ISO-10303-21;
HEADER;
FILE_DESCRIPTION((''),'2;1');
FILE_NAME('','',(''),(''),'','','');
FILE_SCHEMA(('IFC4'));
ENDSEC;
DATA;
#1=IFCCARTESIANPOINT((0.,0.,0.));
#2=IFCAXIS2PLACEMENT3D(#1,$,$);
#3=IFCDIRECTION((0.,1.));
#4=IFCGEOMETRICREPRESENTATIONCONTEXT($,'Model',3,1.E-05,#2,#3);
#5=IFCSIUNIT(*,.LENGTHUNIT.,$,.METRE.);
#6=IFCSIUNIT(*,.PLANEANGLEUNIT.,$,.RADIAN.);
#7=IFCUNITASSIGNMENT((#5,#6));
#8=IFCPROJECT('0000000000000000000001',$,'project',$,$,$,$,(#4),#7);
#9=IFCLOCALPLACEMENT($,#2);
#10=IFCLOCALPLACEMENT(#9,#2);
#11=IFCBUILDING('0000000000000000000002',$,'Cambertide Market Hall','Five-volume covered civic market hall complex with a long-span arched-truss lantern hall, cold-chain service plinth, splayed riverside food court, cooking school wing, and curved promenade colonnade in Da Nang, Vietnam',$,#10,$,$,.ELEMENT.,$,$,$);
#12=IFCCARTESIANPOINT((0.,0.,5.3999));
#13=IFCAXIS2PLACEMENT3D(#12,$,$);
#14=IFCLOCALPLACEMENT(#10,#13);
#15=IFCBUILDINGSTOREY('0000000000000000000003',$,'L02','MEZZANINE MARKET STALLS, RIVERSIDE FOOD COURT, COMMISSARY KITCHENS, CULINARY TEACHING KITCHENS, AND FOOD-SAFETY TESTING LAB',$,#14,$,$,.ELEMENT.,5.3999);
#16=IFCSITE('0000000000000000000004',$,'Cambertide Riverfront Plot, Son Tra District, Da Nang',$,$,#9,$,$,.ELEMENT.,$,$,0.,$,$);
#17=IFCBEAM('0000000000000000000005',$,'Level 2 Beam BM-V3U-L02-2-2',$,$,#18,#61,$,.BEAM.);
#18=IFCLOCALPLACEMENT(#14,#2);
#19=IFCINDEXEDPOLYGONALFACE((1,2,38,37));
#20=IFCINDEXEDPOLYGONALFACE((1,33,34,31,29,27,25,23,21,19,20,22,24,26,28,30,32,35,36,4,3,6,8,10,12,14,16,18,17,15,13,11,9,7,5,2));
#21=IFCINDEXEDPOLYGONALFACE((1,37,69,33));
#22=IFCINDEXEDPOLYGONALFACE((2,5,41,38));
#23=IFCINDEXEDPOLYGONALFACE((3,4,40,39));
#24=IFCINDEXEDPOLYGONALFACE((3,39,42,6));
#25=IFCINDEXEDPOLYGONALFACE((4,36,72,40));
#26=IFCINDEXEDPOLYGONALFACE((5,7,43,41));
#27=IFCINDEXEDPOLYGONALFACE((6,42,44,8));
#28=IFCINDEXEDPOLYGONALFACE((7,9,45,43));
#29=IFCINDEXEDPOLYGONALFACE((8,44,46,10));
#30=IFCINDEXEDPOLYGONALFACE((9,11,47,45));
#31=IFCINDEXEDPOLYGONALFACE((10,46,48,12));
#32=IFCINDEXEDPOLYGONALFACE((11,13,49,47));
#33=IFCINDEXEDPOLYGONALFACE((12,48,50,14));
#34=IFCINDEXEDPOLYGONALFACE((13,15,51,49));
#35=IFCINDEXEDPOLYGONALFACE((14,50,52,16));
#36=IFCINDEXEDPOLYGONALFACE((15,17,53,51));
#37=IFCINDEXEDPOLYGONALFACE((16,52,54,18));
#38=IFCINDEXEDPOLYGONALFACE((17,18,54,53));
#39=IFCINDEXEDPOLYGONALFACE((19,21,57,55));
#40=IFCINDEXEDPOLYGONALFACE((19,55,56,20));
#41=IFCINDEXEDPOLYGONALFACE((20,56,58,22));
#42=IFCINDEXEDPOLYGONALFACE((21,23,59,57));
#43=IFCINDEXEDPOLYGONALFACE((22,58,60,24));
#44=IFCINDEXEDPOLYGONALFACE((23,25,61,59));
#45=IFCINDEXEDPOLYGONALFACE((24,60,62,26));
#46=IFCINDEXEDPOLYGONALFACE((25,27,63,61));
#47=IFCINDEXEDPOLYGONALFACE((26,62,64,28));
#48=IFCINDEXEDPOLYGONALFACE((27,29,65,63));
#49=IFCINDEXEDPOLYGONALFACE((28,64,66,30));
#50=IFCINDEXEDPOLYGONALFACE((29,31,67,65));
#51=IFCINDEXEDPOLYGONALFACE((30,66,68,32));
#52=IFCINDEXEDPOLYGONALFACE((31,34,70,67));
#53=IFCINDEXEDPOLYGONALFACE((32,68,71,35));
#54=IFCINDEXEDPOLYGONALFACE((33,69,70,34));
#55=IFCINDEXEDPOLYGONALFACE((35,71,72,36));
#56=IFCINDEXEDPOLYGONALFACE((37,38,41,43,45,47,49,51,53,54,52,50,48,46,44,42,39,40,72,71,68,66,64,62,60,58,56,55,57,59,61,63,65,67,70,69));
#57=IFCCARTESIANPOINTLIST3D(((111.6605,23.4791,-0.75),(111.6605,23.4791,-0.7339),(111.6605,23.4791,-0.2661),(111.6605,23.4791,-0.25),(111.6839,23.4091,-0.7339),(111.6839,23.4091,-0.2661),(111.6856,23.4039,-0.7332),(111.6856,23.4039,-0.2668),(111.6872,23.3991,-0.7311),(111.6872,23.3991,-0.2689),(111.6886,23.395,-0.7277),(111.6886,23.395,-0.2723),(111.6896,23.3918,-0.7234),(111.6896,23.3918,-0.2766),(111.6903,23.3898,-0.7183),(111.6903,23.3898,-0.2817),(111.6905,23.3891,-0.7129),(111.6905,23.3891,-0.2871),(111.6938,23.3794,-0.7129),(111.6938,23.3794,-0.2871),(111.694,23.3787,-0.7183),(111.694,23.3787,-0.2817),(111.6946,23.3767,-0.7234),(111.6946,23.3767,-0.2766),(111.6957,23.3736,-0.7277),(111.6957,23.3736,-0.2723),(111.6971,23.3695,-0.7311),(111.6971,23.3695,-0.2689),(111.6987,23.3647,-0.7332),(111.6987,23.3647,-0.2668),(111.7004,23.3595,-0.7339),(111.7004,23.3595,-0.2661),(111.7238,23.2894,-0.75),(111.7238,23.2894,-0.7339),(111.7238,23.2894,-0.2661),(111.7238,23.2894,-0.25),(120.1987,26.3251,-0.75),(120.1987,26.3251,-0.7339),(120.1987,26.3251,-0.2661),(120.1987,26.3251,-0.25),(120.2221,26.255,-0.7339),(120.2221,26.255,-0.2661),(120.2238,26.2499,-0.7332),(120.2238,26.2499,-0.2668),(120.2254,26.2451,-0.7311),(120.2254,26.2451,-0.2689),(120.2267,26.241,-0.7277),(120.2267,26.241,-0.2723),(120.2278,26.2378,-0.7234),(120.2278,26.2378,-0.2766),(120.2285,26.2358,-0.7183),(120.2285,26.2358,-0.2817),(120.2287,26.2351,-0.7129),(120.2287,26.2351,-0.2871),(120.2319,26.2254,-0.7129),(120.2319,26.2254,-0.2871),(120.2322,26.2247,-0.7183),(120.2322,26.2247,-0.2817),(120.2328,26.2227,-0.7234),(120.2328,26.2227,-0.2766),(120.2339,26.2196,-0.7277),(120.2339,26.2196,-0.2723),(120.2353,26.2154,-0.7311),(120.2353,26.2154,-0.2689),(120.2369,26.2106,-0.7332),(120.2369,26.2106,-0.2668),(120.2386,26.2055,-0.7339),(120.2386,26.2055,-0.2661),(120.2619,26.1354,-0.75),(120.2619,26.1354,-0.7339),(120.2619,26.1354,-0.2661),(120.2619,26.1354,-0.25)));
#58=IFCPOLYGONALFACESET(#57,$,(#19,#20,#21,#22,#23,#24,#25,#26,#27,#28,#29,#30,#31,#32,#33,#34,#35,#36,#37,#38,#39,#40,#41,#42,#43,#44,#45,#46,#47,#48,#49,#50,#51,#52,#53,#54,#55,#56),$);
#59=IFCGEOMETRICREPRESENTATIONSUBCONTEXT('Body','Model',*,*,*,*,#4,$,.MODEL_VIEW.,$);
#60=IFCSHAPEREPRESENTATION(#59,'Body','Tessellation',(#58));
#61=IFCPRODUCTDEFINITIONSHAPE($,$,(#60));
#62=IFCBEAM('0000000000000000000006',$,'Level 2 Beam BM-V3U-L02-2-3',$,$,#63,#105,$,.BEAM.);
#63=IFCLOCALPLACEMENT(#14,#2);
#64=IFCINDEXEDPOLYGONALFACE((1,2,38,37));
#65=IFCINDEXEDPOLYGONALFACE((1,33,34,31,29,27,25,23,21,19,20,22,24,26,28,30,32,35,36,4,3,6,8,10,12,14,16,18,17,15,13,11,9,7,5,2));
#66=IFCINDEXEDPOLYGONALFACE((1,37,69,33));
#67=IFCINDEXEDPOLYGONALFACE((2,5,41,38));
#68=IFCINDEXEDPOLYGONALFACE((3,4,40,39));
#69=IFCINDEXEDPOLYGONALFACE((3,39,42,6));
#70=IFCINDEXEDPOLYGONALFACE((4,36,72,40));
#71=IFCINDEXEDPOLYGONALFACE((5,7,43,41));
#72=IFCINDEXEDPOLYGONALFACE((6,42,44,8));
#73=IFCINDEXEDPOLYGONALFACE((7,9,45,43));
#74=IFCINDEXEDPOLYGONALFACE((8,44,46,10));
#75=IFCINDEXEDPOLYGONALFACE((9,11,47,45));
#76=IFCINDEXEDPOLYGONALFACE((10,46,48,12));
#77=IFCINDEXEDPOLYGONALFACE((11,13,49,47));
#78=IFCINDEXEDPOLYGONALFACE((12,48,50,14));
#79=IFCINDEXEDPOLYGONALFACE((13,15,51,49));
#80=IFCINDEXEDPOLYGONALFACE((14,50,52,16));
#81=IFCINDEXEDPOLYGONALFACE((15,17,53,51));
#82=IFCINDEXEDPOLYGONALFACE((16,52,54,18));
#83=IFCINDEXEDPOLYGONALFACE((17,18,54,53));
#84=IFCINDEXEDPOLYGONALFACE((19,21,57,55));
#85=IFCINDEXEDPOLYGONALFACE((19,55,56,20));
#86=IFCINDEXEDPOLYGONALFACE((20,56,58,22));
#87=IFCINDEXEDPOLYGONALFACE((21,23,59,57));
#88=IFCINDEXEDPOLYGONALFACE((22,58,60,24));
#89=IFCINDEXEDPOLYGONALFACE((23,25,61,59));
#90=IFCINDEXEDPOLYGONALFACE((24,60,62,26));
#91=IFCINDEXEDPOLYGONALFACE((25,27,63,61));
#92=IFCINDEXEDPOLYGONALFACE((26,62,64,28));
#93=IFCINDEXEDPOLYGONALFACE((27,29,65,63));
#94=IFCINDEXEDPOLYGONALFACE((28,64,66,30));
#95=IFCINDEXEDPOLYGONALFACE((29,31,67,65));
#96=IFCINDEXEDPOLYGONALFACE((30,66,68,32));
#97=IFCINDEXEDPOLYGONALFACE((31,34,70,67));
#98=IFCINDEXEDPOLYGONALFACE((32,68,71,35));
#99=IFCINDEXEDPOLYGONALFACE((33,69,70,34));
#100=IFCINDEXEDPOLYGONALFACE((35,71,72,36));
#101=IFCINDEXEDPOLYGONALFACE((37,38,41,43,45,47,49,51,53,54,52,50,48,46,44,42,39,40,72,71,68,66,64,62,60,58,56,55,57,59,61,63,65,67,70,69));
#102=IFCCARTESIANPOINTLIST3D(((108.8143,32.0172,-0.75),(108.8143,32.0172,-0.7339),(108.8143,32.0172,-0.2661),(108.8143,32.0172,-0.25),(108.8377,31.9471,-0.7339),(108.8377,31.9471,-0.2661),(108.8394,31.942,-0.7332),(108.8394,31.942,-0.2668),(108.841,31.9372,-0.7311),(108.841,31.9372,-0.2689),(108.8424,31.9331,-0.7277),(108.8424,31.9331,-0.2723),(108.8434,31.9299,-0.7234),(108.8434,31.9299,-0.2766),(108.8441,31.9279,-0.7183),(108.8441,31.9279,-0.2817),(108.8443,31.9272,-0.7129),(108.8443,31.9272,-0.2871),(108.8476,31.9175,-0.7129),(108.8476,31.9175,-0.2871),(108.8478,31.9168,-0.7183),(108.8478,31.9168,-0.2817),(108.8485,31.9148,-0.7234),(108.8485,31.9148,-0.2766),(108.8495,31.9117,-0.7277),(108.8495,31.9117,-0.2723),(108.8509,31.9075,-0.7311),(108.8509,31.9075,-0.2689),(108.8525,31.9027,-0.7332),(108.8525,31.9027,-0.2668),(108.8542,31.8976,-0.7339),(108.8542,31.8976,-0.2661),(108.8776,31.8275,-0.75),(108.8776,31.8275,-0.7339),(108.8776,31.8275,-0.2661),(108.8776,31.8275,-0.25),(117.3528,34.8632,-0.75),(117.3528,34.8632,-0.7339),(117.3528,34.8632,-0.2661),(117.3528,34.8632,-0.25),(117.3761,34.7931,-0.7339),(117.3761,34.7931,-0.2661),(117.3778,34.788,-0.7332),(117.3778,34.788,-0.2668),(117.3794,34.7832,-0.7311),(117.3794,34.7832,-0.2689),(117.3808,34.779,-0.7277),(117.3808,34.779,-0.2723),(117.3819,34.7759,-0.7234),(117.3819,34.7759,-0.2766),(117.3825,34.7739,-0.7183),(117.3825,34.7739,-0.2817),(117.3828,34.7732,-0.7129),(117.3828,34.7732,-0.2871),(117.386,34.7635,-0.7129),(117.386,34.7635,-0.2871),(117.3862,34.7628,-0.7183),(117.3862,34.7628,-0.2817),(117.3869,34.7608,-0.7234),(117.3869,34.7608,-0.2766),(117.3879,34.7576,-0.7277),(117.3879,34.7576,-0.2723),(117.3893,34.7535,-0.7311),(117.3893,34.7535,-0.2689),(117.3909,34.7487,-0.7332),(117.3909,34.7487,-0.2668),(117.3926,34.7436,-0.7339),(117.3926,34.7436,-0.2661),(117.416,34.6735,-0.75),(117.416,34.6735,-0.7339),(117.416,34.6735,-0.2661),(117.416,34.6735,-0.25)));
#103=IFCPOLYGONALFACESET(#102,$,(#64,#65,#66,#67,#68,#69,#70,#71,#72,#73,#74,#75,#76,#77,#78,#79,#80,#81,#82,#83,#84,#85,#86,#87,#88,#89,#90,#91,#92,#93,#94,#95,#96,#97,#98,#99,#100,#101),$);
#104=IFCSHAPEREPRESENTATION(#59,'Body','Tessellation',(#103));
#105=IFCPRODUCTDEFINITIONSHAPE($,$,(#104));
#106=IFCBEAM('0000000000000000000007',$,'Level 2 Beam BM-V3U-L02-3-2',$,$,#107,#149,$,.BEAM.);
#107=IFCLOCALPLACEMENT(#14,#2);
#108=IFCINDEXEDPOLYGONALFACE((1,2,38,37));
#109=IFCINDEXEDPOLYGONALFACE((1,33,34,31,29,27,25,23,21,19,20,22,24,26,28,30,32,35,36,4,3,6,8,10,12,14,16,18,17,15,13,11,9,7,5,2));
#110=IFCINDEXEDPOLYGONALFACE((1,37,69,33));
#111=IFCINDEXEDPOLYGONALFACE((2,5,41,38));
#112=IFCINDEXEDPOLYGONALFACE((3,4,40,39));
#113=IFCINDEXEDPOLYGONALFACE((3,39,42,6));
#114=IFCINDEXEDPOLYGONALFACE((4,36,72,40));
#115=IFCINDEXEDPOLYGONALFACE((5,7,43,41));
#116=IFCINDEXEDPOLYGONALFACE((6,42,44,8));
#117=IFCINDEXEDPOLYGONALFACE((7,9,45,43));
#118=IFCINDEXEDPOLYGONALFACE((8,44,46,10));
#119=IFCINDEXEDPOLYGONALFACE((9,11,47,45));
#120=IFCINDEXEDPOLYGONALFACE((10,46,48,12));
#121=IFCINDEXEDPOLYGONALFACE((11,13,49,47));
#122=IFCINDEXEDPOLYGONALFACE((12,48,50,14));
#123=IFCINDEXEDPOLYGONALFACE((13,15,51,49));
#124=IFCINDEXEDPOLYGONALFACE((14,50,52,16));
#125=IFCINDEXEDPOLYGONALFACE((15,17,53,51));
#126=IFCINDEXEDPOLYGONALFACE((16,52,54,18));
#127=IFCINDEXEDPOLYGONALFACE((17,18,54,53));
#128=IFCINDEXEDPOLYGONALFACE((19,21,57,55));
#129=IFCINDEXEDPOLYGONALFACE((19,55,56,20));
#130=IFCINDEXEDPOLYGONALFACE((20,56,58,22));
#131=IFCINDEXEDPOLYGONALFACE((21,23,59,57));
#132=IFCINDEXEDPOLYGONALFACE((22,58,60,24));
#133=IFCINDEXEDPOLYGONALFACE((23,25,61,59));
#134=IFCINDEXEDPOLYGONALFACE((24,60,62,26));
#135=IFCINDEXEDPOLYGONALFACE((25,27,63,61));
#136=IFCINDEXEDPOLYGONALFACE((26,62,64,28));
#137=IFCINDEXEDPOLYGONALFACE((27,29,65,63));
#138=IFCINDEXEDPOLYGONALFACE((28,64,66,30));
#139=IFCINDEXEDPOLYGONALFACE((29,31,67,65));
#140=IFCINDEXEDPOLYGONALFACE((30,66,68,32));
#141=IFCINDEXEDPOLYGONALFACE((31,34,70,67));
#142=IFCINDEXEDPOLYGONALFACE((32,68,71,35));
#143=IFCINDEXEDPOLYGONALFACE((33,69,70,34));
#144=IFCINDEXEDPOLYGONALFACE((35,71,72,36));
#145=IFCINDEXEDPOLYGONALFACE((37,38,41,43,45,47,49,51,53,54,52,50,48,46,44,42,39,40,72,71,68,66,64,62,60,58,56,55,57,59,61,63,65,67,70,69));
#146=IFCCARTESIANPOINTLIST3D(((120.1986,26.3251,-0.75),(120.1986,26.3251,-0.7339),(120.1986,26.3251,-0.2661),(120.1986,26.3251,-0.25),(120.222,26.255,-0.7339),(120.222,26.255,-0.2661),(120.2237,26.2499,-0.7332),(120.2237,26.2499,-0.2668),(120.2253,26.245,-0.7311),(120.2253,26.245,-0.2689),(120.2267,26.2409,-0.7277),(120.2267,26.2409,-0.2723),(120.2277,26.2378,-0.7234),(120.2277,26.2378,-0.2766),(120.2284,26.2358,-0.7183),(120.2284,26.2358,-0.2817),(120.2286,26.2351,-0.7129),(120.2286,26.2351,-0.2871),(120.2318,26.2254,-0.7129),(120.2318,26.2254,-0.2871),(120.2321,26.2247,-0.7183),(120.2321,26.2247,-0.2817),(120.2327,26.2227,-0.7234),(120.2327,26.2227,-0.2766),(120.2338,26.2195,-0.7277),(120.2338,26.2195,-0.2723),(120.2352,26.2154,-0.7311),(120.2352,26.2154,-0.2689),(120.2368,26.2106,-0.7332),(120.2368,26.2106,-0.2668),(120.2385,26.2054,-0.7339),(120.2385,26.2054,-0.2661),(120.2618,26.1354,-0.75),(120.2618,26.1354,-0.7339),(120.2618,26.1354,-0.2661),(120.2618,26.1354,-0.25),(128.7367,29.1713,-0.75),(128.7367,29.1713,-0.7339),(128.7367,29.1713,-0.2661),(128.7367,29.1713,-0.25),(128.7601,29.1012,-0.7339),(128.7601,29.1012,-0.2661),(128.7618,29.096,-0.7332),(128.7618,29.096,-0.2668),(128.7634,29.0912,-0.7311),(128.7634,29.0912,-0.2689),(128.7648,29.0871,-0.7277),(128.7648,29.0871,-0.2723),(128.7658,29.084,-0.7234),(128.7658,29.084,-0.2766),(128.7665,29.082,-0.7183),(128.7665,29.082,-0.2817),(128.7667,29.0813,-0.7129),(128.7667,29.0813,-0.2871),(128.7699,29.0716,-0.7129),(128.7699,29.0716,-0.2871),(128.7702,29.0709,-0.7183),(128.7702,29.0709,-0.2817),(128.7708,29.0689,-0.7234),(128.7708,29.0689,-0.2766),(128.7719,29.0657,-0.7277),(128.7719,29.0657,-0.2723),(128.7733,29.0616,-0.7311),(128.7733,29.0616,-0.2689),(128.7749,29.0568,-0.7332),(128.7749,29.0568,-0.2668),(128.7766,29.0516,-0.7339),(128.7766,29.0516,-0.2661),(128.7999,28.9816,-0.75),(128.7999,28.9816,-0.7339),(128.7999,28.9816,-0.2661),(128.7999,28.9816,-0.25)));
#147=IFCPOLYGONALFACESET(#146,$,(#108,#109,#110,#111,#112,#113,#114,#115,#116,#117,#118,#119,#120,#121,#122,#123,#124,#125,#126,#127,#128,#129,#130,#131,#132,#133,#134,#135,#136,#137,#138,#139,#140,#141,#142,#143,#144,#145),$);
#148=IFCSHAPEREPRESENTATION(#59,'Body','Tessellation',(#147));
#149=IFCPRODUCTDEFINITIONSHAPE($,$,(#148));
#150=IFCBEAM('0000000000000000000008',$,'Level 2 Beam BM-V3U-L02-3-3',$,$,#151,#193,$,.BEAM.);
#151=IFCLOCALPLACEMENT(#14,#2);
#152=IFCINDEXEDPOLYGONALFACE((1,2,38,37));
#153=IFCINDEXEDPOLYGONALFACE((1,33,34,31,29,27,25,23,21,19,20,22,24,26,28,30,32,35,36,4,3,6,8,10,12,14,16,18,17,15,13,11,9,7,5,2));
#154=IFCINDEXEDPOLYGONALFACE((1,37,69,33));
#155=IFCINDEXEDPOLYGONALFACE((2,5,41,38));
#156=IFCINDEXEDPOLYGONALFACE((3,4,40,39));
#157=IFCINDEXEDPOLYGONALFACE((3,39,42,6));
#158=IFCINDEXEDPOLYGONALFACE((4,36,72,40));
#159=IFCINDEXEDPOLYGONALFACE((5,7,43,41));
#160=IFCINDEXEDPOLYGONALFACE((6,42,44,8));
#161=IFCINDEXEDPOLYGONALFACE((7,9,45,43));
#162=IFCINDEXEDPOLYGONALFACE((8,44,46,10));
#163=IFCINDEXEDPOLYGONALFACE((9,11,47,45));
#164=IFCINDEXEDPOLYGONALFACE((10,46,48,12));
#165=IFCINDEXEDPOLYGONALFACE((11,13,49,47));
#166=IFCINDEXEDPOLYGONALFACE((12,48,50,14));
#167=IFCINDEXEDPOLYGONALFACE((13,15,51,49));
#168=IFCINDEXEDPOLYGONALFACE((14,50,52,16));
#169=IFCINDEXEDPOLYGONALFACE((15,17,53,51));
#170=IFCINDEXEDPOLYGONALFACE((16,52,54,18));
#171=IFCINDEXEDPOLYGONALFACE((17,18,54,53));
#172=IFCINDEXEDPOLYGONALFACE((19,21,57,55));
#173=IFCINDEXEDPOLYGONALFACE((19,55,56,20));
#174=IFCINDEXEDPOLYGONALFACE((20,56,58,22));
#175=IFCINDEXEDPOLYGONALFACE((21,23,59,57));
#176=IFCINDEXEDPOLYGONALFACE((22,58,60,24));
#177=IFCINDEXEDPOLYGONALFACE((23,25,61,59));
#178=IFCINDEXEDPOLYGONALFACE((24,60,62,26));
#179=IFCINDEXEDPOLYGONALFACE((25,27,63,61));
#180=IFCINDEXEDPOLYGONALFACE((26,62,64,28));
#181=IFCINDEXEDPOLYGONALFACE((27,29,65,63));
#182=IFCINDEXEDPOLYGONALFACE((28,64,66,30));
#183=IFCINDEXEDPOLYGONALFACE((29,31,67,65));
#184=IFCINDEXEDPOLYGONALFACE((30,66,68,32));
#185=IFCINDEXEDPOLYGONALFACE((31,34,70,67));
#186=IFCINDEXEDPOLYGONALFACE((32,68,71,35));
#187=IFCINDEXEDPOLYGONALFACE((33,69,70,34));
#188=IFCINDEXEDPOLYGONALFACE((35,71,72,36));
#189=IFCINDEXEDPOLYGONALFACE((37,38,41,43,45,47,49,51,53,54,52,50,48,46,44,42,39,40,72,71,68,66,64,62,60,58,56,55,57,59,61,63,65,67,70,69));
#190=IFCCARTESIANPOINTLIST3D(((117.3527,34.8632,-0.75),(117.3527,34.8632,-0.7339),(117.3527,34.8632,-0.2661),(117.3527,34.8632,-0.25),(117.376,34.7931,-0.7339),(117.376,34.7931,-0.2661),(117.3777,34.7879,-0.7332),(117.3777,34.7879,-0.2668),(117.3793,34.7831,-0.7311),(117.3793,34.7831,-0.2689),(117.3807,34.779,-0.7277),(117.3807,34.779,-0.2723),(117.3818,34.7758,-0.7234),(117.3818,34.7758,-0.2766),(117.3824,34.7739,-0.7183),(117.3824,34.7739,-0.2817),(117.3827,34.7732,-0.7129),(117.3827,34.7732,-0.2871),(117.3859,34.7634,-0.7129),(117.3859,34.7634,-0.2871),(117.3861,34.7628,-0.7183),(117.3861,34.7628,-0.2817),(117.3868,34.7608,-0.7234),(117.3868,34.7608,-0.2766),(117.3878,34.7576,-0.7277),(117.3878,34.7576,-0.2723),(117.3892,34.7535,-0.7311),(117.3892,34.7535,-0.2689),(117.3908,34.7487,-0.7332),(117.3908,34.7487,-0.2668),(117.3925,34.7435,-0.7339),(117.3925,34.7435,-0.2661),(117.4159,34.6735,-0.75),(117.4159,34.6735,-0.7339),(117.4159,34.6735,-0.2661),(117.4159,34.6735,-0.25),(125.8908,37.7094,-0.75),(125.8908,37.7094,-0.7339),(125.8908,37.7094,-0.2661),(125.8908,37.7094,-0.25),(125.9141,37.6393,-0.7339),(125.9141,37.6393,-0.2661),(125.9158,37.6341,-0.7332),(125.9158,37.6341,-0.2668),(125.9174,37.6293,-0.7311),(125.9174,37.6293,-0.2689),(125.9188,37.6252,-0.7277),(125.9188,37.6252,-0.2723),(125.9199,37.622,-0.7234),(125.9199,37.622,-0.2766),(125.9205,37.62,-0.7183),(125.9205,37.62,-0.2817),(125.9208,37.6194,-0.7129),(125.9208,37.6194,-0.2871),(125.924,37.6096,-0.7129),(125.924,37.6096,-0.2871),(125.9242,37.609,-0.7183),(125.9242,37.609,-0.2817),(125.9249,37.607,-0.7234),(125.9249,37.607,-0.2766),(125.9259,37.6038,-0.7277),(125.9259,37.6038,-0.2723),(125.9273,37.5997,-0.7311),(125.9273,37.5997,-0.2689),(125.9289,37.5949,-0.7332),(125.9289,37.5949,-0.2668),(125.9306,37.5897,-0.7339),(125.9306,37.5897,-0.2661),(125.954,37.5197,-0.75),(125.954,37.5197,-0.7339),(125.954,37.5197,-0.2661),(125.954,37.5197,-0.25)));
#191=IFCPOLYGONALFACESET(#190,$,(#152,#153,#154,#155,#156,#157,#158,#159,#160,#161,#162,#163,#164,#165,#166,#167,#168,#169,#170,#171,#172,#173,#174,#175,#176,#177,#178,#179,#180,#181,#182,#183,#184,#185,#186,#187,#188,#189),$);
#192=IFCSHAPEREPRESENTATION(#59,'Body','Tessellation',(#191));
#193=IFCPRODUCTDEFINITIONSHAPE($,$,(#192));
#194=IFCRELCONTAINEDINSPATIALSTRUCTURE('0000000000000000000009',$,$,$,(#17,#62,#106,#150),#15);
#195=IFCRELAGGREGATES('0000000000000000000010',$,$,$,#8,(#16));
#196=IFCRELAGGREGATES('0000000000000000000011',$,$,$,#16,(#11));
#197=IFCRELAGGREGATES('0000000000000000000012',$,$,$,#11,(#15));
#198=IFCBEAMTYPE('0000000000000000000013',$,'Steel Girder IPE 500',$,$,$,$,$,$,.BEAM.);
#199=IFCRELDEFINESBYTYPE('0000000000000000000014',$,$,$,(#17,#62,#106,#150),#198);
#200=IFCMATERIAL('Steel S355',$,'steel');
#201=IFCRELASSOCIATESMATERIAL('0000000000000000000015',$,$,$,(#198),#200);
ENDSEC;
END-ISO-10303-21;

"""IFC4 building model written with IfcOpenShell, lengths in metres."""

from ifc_helpers import new_model, si_unit, direction, frame, origin, origin_2d, place, context, subcontext, project, spatial, i_section, extrude, material, material_profile, profile_set, type_object, element, save


model = new_model("IFC4")

# Units and contexts
model_context = context("Model", 3, precision=1e-05, world=origin(), true_north=direction((0.0, 1.0)))
body_context = subcontext(model_context, "Body", "Model", "MODEL_VIEW")
ifc_project = project(units=[si_unit("LENGTHUNIT", "METRE"), si_unit("PLANEANGLEUNIT", "RADIAN")], contexts=[model_context])

# Site, building, storey
site_placement = place(None, origin())
site = spatial("IfcSite", under=ifc_project, at=site_placement, Name="Cambertide Riverfront Plot, Son Tra District, Da Nang", CompositionType="ELEMENT", RefElevation=0.0)
building_placement = place(site_placement, origin())
building = spatial("IfcBuilding", under=site, at=building_placement, Name="Cambertide Market Hall", Description="Five-volume covered civic market hall complex with a long-span arched-truss lantern hall, cold-chain service plinth, splayed riverside food court, cooking school wing, and curved promenade colonnade in Da Nang, Vietnam", CompositionType="ELEMENT")
storey_placement = place(building_placement, frame((0.0, 0.0, 5.3999)))
storey = spatial("IfcBuildingStorey", under=building, at=storey_placement, Name="L02", Description="MEZZANINE MARKET STALLS, RIVERSIDE FOOD COURT, COMMISSARY KITCHENS, CULINARY TEACHING KITCHENS, AND FOOD-SAFETY TESTING LAB", CompositionType="ELEMENT", Elevation=5.3999)

# Beams
ifc_material_1 = material(Name="Steel S355", Category="steel")
ifc_material_profile_1 = material_profile(ifc_material_1, i_section(OverallWidth=0.2, OverallDepth=0.5, WebThickness=0.0103, FlangeThickness=0.0161, FilletRadius=0.021, at=origin_2d()), Name="IPE 500")
ifc_profile_set_1 = profile_set([ifc_material_profile_1], Name="Steel S355")
beam_type_1 = type_object("IfcBeamType", Name="Steel Girder IPE 500", PredefinedType="BEAM", material=ifc_profile_set_1)
beam_1_placement = place(storey_placement, frame((111.6921, 23.3843, -0.5), z_axis=(0.948686, 0.31622, 0.0), x_axis=(-0.31622, 0.948686, 0.0)))
element("IfcBeam", 1, at=beam_1_placement, inside=storey, type_object=beam_type_1, Name="Level 2 Beam BM-V3U-L02-2-2", PredefinedType="BEAM", context=body_context, shape_type="SweptSolid", body=[
    extrude(i_section(OverallWidth=0.2, OverallDepth=0.5, WebThickness=0.0103, FlangeThickness=0.0161, FilletRadius=0.021, at=origin_2d()), origin(), (0.0, 0.0, 1.0), 9.0),
])
beam_2_placement = place(storey_placement, frame((108.8459, 31.9224, -0.5), z_axis=(0.948689, 0.316211, 0.0), x_axis=(-0.316211, 0.948689, 0.0)))
element("IfcBeam", 2, at=beam_2_placement, inside=storey, type_object=beam_type_1, Name="Level 2 Beam BM-V3U-L02-2-3", PredefinedType="BEAM", context=body_context, shape_type="SweptSolid", body=[
    extrude(i_section(OverallWidth=0.2, OverallDepth=0.5, WebThickness=0.0103, FlangeThickness=0.0161, FilletRadius=0.021, at=origin_2d()), origin(), (0.0, 0.0, 1.0), 9.0002),
])
for number, where, z_axis, x_axis, name in (
    (3, (120.2302, 26.2302, -0.5), (0.948678, 0.316244, 0.0), (-0.316244, 0.948678, 0.0), "Level 2 Beam BM-V3U-L02-3-2"),
    (4, (117.3843, 34.7683, -0.5), (0.948678, 0.316244, 0.0), (-0.316244, 0.948678, 0.0), "Level 2 Beam BM-V3U-L02-3-3"),
):
    element("IfcBeam", number, at=place(storey_placement, frame(where, z_axis=z_axis, x_axis=x_axis)), inside=storey, type_object=beam_type_1, Name=name, PredefinedType="BEAM", context=body_context, shape_type="SweptSolid", body=[
        extrude(i_section(OverallWidth=0.2, OverallDepth=0.5, WebThickness=0.0103, FlangeThickness=0.0161, FilletRadius=0.021, at=origin_2d()), origin(), (0.0, 0.0, 1.0), 9.0),
    ])

save(model, "model.ifc")
